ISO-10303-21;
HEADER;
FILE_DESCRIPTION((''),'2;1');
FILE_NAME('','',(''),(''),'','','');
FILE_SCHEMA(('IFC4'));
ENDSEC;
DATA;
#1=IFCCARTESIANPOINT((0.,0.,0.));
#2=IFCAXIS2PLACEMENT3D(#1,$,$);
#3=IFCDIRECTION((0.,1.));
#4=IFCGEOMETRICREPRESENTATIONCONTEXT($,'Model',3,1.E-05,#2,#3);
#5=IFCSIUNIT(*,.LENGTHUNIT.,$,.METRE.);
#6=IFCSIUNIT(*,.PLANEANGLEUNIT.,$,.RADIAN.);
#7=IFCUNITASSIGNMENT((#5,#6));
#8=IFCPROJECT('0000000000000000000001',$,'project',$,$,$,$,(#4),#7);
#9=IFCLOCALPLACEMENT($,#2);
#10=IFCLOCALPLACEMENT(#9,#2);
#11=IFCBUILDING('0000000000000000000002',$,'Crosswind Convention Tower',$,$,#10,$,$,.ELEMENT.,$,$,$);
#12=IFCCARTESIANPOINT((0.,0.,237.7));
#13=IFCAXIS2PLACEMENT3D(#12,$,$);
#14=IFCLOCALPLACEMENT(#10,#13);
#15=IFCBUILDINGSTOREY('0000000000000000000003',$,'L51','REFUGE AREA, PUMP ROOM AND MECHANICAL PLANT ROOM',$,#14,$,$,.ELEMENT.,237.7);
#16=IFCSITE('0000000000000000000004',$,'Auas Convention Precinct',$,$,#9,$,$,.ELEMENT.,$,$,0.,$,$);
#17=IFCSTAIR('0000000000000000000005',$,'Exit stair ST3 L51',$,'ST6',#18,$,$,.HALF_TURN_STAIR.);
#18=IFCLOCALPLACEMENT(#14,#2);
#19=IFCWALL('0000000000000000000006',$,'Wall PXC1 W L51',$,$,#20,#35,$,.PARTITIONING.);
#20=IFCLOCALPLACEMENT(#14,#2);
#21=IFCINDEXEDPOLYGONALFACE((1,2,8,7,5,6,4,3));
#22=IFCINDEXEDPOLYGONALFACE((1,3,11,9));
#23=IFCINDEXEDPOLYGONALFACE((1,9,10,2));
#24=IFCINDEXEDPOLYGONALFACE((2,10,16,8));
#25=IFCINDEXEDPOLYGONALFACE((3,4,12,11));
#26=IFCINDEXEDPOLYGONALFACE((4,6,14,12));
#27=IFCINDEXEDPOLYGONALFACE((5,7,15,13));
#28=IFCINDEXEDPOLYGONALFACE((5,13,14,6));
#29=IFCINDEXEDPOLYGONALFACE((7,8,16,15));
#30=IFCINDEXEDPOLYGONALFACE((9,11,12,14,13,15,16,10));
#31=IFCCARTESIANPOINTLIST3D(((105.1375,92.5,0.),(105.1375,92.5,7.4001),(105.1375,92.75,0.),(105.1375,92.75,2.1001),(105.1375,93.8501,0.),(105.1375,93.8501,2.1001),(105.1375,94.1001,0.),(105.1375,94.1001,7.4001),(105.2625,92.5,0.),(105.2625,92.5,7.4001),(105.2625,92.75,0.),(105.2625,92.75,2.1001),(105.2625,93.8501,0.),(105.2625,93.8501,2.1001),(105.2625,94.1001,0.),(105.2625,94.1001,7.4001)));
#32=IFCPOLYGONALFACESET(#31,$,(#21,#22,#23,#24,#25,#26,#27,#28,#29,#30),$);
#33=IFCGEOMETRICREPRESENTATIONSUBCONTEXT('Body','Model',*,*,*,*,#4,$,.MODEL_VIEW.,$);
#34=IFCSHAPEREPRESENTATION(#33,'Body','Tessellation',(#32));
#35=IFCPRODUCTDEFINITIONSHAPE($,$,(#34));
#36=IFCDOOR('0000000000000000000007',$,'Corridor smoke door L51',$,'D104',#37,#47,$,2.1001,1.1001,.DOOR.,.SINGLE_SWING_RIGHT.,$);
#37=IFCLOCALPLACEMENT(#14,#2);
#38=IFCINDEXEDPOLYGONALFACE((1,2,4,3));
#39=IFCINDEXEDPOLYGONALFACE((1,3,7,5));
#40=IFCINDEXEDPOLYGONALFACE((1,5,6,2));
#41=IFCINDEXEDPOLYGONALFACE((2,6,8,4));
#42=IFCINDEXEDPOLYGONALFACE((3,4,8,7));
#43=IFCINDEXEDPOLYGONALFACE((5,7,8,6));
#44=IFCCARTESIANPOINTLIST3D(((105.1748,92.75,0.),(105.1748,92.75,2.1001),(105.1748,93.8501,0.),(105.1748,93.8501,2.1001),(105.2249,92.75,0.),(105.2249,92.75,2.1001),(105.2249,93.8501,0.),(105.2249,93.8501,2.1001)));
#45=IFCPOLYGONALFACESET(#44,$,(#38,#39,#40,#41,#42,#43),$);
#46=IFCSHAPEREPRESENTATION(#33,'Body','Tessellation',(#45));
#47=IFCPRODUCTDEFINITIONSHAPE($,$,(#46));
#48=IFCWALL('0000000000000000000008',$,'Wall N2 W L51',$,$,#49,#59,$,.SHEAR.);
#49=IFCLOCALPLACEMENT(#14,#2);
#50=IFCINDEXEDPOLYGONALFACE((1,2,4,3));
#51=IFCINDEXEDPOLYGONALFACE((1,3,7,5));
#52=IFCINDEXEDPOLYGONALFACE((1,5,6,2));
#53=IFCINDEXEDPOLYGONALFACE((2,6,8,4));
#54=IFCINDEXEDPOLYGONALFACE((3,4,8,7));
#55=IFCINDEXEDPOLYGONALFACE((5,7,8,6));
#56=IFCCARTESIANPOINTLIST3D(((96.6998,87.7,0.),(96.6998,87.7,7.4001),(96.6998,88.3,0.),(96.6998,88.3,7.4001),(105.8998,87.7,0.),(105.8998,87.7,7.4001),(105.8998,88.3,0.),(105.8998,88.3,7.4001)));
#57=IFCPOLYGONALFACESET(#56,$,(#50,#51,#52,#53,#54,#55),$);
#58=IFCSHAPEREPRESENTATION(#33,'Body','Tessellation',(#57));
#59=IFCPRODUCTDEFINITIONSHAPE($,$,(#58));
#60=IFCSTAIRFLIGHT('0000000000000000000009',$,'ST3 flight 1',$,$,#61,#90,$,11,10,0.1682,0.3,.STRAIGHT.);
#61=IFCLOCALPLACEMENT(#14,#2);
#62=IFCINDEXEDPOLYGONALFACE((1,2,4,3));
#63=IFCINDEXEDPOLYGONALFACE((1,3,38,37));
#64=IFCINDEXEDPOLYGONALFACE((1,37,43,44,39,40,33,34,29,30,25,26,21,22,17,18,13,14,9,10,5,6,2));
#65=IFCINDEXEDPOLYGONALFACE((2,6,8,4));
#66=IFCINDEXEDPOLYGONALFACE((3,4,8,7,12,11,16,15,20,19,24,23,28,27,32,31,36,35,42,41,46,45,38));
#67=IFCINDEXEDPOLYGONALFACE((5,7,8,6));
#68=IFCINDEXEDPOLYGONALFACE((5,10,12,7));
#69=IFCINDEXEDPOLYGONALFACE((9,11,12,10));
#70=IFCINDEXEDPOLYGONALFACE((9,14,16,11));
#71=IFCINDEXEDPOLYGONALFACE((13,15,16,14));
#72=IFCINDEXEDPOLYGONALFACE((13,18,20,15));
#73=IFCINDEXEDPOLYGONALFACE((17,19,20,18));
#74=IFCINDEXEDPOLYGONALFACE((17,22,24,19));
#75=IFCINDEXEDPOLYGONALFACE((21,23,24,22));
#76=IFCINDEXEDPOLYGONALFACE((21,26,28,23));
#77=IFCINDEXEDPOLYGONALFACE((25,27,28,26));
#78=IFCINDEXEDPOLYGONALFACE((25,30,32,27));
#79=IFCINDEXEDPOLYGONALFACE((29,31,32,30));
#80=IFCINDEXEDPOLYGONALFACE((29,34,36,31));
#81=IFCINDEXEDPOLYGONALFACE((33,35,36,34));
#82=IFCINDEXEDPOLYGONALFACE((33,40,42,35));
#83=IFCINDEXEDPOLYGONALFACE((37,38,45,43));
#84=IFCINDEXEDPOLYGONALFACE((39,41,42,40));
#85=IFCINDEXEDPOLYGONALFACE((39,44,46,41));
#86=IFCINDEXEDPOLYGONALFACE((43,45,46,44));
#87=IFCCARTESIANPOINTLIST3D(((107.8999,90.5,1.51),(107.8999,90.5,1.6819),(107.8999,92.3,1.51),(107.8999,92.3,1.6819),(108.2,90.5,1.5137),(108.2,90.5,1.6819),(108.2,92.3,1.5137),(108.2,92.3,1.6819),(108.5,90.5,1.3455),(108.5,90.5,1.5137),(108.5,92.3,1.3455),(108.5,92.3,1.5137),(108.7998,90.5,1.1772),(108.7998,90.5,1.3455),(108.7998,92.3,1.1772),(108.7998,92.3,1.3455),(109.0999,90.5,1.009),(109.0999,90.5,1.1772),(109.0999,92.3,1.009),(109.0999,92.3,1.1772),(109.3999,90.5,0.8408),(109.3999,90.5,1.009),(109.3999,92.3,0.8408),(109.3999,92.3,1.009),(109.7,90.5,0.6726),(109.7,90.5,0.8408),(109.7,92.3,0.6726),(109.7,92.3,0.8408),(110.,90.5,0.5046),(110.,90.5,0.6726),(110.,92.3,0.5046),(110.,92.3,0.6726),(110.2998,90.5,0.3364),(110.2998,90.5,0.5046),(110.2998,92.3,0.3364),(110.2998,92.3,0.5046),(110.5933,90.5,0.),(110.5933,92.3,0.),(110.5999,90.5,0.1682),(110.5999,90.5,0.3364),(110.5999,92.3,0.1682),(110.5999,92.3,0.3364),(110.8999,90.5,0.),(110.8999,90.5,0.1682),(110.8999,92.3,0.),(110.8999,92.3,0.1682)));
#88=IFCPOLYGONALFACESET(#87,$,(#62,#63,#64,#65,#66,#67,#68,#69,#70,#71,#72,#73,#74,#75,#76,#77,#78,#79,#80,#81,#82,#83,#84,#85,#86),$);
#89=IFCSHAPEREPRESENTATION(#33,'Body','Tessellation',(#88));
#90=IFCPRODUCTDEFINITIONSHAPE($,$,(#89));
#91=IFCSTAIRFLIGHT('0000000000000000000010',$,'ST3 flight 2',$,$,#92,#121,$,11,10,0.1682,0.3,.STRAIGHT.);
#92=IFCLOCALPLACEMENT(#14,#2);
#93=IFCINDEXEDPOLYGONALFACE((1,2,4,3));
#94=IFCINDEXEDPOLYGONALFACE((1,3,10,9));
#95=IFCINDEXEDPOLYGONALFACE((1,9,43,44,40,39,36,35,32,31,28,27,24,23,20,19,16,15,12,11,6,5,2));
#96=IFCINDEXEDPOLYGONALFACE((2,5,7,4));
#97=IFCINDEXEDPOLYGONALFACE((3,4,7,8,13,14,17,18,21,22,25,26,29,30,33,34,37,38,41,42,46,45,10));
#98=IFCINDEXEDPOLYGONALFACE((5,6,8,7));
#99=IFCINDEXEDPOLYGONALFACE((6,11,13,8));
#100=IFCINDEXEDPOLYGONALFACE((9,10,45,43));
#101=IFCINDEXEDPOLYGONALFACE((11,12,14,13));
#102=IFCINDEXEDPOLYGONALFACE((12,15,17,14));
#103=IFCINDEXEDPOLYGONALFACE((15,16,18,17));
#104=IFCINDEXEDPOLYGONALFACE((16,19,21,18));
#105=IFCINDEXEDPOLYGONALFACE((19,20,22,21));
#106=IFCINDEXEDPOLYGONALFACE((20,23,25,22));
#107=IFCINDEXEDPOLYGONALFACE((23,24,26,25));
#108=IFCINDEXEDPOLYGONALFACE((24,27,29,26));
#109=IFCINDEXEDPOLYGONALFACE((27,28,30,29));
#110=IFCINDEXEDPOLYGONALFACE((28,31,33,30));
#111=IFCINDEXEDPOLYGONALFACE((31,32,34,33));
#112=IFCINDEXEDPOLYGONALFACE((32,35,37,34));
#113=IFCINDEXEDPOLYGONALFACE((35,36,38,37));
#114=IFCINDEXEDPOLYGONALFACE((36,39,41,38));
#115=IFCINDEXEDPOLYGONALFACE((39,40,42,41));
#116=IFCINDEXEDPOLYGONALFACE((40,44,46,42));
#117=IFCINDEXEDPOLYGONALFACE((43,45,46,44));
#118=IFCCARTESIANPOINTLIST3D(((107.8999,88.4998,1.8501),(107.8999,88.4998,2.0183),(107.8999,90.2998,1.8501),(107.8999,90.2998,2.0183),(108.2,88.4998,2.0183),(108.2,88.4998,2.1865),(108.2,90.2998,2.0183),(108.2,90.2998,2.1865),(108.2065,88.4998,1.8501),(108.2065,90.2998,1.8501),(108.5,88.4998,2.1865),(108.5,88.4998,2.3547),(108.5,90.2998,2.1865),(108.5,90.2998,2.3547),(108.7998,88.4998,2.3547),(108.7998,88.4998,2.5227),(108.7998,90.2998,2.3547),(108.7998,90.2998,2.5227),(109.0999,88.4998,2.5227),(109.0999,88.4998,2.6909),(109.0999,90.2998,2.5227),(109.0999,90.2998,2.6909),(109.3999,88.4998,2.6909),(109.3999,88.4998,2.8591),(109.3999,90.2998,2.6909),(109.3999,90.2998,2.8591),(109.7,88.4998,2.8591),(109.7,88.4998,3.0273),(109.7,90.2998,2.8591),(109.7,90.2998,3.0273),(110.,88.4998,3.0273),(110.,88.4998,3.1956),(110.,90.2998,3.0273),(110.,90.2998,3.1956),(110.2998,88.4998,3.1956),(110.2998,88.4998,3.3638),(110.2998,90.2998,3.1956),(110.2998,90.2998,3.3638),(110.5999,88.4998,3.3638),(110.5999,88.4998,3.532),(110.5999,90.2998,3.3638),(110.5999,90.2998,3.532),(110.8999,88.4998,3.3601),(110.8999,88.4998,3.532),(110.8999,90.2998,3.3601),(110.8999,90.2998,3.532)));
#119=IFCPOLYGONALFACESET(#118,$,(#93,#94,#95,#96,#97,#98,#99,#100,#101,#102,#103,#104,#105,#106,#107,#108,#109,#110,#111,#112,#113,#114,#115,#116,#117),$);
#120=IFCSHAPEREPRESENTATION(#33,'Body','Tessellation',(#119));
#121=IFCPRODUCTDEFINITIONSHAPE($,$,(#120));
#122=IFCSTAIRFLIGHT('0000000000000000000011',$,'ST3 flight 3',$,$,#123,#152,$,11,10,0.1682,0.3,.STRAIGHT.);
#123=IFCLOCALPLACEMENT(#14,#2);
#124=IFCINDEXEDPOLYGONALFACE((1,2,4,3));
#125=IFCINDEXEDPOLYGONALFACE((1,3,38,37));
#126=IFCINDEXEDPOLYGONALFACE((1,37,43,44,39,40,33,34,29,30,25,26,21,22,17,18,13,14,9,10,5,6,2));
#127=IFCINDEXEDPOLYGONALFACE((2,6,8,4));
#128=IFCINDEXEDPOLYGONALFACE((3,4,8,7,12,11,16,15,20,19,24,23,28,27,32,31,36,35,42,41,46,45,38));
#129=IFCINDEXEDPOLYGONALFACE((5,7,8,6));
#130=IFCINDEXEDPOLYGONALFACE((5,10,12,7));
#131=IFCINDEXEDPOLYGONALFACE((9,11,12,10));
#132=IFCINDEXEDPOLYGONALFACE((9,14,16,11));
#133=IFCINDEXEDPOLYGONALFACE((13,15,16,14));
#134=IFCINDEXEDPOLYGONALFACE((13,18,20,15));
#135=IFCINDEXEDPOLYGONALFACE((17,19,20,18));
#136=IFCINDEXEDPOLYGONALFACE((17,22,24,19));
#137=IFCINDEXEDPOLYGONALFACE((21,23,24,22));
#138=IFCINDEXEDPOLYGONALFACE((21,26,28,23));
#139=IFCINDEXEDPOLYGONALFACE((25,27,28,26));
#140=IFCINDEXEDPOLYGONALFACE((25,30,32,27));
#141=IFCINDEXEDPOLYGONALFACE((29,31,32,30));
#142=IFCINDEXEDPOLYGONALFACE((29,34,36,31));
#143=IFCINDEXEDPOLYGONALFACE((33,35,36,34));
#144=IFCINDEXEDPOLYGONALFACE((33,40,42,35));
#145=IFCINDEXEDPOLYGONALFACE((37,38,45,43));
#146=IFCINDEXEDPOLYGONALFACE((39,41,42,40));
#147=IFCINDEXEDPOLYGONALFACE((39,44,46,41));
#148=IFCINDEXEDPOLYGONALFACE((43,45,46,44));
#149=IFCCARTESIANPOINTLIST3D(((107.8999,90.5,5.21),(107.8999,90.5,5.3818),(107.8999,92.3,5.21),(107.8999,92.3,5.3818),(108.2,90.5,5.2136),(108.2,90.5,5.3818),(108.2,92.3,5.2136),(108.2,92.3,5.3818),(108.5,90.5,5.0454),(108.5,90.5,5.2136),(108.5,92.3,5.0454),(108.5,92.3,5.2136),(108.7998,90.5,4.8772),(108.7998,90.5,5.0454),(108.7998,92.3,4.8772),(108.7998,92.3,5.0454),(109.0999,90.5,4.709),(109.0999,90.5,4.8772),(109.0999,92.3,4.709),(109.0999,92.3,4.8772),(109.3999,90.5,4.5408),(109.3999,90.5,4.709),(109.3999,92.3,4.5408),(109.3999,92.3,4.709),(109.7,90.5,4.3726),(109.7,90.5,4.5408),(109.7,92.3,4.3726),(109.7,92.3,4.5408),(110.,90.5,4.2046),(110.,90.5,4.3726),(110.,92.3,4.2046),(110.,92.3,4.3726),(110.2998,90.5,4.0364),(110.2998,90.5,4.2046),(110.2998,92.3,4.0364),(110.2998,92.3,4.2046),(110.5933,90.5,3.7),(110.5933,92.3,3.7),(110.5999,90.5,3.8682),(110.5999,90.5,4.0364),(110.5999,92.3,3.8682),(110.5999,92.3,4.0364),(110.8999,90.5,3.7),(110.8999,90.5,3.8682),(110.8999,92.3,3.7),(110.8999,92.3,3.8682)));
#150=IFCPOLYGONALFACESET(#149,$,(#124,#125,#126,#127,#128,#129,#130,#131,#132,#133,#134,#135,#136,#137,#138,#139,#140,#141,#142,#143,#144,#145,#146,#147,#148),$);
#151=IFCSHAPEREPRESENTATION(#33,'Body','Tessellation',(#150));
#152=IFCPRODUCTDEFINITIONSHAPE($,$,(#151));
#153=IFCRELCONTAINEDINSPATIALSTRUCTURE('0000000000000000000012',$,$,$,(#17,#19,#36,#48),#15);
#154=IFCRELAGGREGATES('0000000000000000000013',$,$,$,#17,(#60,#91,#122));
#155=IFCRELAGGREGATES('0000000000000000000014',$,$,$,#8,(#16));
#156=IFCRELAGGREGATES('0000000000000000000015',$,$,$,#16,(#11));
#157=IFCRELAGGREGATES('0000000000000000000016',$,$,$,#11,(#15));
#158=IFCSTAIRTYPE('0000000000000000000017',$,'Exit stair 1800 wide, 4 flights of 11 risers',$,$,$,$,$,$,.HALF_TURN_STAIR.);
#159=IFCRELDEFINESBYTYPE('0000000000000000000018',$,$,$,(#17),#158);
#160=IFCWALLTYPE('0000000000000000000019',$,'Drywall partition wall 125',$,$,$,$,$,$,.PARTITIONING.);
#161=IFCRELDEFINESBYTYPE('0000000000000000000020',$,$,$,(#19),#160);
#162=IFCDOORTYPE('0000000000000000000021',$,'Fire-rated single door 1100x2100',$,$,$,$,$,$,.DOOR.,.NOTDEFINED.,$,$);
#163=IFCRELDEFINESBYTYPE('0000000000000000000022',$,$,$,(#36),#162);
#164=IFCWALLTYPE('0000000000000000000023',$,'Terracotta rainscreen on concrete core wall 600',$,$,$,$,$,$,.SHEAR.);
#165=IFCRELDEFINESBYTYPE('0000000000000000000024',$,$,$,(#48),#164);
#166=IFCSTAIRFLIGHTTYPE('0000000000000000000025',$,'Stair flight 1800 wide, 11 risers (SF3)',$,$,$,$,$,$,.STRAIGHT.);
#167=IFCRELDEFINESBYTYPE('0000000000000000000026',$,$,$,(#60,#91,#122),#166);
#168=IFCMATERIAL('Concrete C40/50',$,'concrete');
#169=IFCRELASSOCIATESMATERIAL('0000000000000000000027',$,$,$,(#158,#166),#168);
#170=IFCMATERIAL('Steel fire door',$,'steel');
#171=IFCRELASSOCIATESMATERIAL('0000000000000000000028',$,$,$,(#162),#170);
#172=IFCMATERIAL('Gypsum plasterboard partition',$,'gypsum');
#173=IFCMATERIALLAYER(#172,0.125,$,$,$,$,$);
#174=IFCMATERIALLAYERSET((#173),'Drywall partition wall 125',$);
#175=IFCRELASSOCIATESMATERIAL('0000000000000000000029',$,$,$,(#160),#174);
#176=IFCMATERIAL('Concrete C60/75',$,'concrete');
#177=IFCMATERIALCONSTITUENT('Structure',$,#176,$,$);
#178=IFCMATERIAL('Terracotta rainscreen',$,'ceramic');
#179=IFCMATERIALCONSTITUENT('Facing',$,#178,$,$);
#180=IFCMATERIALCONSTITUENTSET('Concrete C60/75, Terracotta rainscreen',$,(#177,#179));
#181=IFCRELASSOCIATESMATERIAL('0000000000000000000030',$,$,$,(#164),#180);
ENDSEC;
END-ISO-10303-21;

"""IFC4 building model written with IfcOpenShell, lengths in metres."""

from ifc_helpers import new_model, si_unit, direction, frame, frame_2d, origin, place, context, subcontext, project, spatial, polyline, rectangle, outline, extrude, material, layer, layer_set, constituent, constituent_set, type_object, element, fill, aggregate, save


model = new_model("IFC4")

# Units and contexts
model_context = context("Model", 3, precision=1e-05, world=origin(), true_north=direction((0.0, 1.0)))
body_context = subcontext(model_context, "Body", "Model", "MODEL_VIEW")
ifc_project = project(units=[si_unit("LENGTHUNIT", "METRE"), si_unit("PLANEANGLEUNIT", "RADIAN")], contexts=[model_context])

# Site, building, storey
site_placement = place(None, origin())
site = spatial("IfcSite", under=ifc_project, at=site_placement, Name="Auas Convention Precinct", CompositionType="ELEMENT", RefElevation=0.0)
building_placement = place(site_placement, origin())
building = spatial("IfcBuilding", under=site, at=building_placement, Name="Crosswind Convention Tower", CompositionType="ELEMENT")
storey_placement = place(building_placement, frame((0.0, 0.0, 237.7)))
storey = spatial("IfcBuildingStorey", under=building, at=storey_placement, Name="L51", Description="REFUGE AREA, PUMP ROOM AND MECHANICAL PLANT ROOM", CompositionType="ELEMENT", Elevation=237.7)

# Shared definitions
ifc_material_1 = material(Name="Concrete C40/50", Category="concrete")

# Stair
stair_type = type_object("IfcStairType", Name="Exit stair 1800 wide, 4 flights of 11 risers", PredefinedType="HALF_TURN_STAIR", material=ifc_material_1)
stair_1_placement = place(storey_placement, origin())
stair_1 = element("IfcStair", 1, at=stair_1_placement, inside=storey, type_object=stair_type, Name="Exit stair ST3 L51", ObjectType="ST6", PredefinedType="HALF_TURN_STAIR")

# Shared definitions
ifc_material_2 = material(Name="Steel fire door", Category="steel")
door_type_1 = type_object("IfcDoorType", Name="Fire-rated single door 1100x2100", OperationType="NOTDEFINED", PredefinedType="DOOR", material=ifc_material_2)

# Wall, opening, door
ifc_material_3 = material(Name="Gypsum plasterboard partition", Category="gypsum")
ifc_layer_1 = layer(ifc_material_3, 0.125)
ifc_layer_set_1 = layer_set([ifc_layer_1], Name="Drywall partition wall 125")
wall_type_1 = type_object("IfcWallType", Name="Drywall partition wall 125", PredefinedType="PARTITIONING", material=ifc_layer_set_1)
wall_1_placement = place(storey_placement, frame((105.2, 94.1001, 0.0), z_axis=(0.0, 0.0, 1.0), x_axis=(0.0, -1.0, 0.0)))
wall_1 = element("IfcWall", 2, at=wall_1_placement, inside=storey, type_object=wall_type_1, Name="Wall PXC1 W L51", PredefinedType="PARTITIONING", context=body_context, shape_type="SweptSolid", body=[
    extrude(rectangle(XDim=1.6001, YDim=0.125, at=frame_2d((0.8, 0.0))), origin(), (0.0, 0.0, 1.0), 7.4001),
])
opening_1_placement = place(wall_1_placement, frame((0.25, 0.0, 0.0)))
opening_1 = element("IfcOpeningElement", 3, at=opening_1_placement, cuts=wall_1, PredefinedType="OPENING", context=body_context, shape_type="SweptSolid", body=[
    extrude(rectangle(XDim=1.1001, YDim=2.1001, at=frame_2d((0.55, 1.05))), frame((0.0, 0.0725, 0.0), z_axis=(0.0, -1.0, 0.0), x_axis=(1.0, 0.0, 0.0)), (0.0, 0.0, 1.0), 0.145),
])
door_1_placement = place(opening_1_placement, origin())
door_1 = element("IfcDoor", 4, at=door_1_placement, inside=storey, type_object=door_type_1, Name="Corridor smoke door L51", ObjectType="D104", OperationType="SINGLE_SWING_RIGHT", OverallHeight=2.1001, OverallWidth=1.1001, PredefinedType="DOOR", context=body_context, shape_type="SweptSolid", body=[
    extrude(rectangle(XDim=1.1001, YDim=2.1001, at=frame_2d((0.55, 1.05))), frame((0.0, 0.0249, 0.0), z_axis=(0.0, -1.0, 0.0), x_axis=(1.0, 0.0, 0.0)), (0.0, 0.0, 1.0), 0.05),
])
fill(opening_1, door_1)

# Wall
ifc_material_4 = material(Name="Concrete C60/75", Category="concrete")
ifc_constituent_1 = constituent(ifc_material_4, Name="Structure")
ifc_material_5 = material(Name="Terracotta rainscreen", Category="ceramic")
ifc_constituent_2 = constituent(ifc_material_5, Name="Facing")
ifc_constituent_set_1 = constituent_set(constituents=[ifc_constituent_1, ifc_constituent_2], Name="Concrete C60/75, Terracotta rainscreen")
wall_type_2 = type_object("IfcWallType", Name="Terracotta rainscreen on concrete core wall 600", PredefinedType="SHEAR", material=ifc_constituent_set_1)
wall_2_placement = place(storey_placement, frame((105.8999, 88.0, 0.0), z_axis=(0.0, 0.0, 1.0), x_axis=(-1.0, 0.0, 0.0)))
element("IfcWall", 5, at=wall_2_placement, inside=storey, type_object=wall_type_2, Name="Wall N2 W L51", PredefinedType="SHEAR", context=body_context, shape_type="SweptSolid", body=[
    extrude(rectangle(XDim=9.2, YDim=0.6001, at=frame_2d((4.6001, 0.0))), origin(), (0.0, 0.0, 1.0), 7.4001),
])

# Stair flights
stair_flight_type = type_object("IfcStairFlightType", Name="Stair flight 1800 wide, 11 risers (SF3)", PredefinedType="STRAIGHT", material=ifc_material_1)
stair_flight_1_placement = place(storey_placement, frame((110.8999, 91.3999, 0.0), z_axis=(0.0, 0.0, 1.0), x_axis=(-1.0, 0.0, 0.0)))
stair_flight_1 = element("IfcStairFlight", 6, at=stair_flight_1_placement, type_object=stair_flight_type, Name="ST3 flight 1", NumberOfRisers=11, NumberOfTreads=10, PredefinedType="STRAIGHT", RiserHeight=0.1682, TreadLength=0.3, context=body_context, shape_type="SweptSolid", body=[
    extrude(outline(polyline([(0.0, 0.0), (0.0, 0.1682), (0.3, 0.1682), (0.3, 0.3364), (0.6001, 0.3364), (0.6001, 0.5046), (0.8999, 0.5046), (0.8999, 0.6726), (1.2, 0.6726), (1.2, 0.8408), (1.5, 0.8408), (1.5, 1.009), (1.8, 1.009), (1.8, 1.1772), (2.1001, 1.1772), (2.1001, 1.3455), (2.3999, 1.3455), (2.3999, 1.5137), (2.7, 1.5137), (2.7, 1.6819), (3.0, 1.6819), (3.0, 1.8501), (3.0, 1.51), (0.3066, 0.0), (0.0, 0.0)])), frame((0.0, 0.8999, 0.0), z_axis=(0.0, -1.0, 0.0), x_axis=(1.0, 0.0, 0.0)), (0.0, 0.0, 1.0), 1.8),
])
stair_flight_2_placement = place(storey_placement, frame((107.8999, 89.3999, 1.8501), z_axis=(0.0, 0.0, 1.0), x_axis=(1.0, 0.0, 0.0)))
stair_flight_2 = element("IfcStairFlight", 7, at=stair_flight_2_placement, type_object=stair_flight_type, Name="ST3 flight 2", NumberOfRisers=11, NumberOfTreads=10, PredefinedType="STRAIGHT", RiserHeight=0.1682, TreadLength=0.3, context=body_context, shape_type="SweptSolid", body=[
    extrude(outline(polyline([(0.0, 0.0), (0.0, 0.1682), (0.3, 0.1682), (0.3, 0.3364), (0.6001, 0.3364), (0.6001, 0.5046), (0.8999, 0.5046), (0.8999, 0.6726), (1.2, 0.6726), (1.2, 0.8408), (1.5, 0.8408), (1.5, 1.009), (1.8, 1.009), (1.8, 1.1772), (2.1001, 1.1772), (2.1001, 1.3455), (2.3999, 1.3455), (2.3999, 1.5137), (2.7, 1.5137), (2.7, 1.6819), (3.0, 1.6819), (3.0, 1.8501), (3.0, 1.51), (0.3066, 0.0), (0.0, 0.0)])), frame((0.0, 0.8999, 0.0), z_axis=(0.0, -1.0, 0.0), x_axis=(1.0, 0.0, 0.0)), (0.0, 0.0, 1.0), 1.8),
])
stair_flight_3_placement = place(storey_placement, frame((110.8999, 91.3999, 3.7), z_axis=(0.0, 0.0, 1.0), x_axis=(-1.0, 0.0, 0.0)))
stair_flight_3 = element("IfcStairFlight", 8, at=stair_flight_3_placement, type_object=stair_flight_type, Name="ST3 flight 3", NumberOfRisers=11, NumberOfTreads=10, PredefinedType="STRAIGHT", RiserHeight=0.1682, TreadLength=0.3, context=body_context, shape_type="SweptSolid", body=[
    extrude(outline(polyline([(0.0, 0.0), (0.0, 0.1682), (0.3, 0.1682), (0.3, 0.3364), (0.6001, 0.3364), (0.6001, 0.5046), (0.8999, 0.5046), (0.8999, 0.6726), (1.2, 0.6726), (1.2, 0.8408), (1.5, 0.8408), (1.5, 1.009), (1.8, 1.009), (1.8, 1.1772), (2.1001, 1.1772), (2.1001, 1.3455), (2.3999, 1.3455), (2.3999, 1.5137), (2.7, 1.5137), (2.7, 1.6819), (3.0, 1.6819), (3.0, 1.8501), (3.0, 1.51), (0.3066, 0.0), (0.0, 0.0)])), frame((0.0, 0.8999, 0.0), z_axis=(0.0, -1.0, 0.0), x_axis=(1.0, 0.0, 0.0)), (0.0, 0.0, 1.0), 1.8),
])
aggregate(stair_1, [stair_flight_1, stair_flight_2, stair_flight_3])

save(model, "model.ifc")
